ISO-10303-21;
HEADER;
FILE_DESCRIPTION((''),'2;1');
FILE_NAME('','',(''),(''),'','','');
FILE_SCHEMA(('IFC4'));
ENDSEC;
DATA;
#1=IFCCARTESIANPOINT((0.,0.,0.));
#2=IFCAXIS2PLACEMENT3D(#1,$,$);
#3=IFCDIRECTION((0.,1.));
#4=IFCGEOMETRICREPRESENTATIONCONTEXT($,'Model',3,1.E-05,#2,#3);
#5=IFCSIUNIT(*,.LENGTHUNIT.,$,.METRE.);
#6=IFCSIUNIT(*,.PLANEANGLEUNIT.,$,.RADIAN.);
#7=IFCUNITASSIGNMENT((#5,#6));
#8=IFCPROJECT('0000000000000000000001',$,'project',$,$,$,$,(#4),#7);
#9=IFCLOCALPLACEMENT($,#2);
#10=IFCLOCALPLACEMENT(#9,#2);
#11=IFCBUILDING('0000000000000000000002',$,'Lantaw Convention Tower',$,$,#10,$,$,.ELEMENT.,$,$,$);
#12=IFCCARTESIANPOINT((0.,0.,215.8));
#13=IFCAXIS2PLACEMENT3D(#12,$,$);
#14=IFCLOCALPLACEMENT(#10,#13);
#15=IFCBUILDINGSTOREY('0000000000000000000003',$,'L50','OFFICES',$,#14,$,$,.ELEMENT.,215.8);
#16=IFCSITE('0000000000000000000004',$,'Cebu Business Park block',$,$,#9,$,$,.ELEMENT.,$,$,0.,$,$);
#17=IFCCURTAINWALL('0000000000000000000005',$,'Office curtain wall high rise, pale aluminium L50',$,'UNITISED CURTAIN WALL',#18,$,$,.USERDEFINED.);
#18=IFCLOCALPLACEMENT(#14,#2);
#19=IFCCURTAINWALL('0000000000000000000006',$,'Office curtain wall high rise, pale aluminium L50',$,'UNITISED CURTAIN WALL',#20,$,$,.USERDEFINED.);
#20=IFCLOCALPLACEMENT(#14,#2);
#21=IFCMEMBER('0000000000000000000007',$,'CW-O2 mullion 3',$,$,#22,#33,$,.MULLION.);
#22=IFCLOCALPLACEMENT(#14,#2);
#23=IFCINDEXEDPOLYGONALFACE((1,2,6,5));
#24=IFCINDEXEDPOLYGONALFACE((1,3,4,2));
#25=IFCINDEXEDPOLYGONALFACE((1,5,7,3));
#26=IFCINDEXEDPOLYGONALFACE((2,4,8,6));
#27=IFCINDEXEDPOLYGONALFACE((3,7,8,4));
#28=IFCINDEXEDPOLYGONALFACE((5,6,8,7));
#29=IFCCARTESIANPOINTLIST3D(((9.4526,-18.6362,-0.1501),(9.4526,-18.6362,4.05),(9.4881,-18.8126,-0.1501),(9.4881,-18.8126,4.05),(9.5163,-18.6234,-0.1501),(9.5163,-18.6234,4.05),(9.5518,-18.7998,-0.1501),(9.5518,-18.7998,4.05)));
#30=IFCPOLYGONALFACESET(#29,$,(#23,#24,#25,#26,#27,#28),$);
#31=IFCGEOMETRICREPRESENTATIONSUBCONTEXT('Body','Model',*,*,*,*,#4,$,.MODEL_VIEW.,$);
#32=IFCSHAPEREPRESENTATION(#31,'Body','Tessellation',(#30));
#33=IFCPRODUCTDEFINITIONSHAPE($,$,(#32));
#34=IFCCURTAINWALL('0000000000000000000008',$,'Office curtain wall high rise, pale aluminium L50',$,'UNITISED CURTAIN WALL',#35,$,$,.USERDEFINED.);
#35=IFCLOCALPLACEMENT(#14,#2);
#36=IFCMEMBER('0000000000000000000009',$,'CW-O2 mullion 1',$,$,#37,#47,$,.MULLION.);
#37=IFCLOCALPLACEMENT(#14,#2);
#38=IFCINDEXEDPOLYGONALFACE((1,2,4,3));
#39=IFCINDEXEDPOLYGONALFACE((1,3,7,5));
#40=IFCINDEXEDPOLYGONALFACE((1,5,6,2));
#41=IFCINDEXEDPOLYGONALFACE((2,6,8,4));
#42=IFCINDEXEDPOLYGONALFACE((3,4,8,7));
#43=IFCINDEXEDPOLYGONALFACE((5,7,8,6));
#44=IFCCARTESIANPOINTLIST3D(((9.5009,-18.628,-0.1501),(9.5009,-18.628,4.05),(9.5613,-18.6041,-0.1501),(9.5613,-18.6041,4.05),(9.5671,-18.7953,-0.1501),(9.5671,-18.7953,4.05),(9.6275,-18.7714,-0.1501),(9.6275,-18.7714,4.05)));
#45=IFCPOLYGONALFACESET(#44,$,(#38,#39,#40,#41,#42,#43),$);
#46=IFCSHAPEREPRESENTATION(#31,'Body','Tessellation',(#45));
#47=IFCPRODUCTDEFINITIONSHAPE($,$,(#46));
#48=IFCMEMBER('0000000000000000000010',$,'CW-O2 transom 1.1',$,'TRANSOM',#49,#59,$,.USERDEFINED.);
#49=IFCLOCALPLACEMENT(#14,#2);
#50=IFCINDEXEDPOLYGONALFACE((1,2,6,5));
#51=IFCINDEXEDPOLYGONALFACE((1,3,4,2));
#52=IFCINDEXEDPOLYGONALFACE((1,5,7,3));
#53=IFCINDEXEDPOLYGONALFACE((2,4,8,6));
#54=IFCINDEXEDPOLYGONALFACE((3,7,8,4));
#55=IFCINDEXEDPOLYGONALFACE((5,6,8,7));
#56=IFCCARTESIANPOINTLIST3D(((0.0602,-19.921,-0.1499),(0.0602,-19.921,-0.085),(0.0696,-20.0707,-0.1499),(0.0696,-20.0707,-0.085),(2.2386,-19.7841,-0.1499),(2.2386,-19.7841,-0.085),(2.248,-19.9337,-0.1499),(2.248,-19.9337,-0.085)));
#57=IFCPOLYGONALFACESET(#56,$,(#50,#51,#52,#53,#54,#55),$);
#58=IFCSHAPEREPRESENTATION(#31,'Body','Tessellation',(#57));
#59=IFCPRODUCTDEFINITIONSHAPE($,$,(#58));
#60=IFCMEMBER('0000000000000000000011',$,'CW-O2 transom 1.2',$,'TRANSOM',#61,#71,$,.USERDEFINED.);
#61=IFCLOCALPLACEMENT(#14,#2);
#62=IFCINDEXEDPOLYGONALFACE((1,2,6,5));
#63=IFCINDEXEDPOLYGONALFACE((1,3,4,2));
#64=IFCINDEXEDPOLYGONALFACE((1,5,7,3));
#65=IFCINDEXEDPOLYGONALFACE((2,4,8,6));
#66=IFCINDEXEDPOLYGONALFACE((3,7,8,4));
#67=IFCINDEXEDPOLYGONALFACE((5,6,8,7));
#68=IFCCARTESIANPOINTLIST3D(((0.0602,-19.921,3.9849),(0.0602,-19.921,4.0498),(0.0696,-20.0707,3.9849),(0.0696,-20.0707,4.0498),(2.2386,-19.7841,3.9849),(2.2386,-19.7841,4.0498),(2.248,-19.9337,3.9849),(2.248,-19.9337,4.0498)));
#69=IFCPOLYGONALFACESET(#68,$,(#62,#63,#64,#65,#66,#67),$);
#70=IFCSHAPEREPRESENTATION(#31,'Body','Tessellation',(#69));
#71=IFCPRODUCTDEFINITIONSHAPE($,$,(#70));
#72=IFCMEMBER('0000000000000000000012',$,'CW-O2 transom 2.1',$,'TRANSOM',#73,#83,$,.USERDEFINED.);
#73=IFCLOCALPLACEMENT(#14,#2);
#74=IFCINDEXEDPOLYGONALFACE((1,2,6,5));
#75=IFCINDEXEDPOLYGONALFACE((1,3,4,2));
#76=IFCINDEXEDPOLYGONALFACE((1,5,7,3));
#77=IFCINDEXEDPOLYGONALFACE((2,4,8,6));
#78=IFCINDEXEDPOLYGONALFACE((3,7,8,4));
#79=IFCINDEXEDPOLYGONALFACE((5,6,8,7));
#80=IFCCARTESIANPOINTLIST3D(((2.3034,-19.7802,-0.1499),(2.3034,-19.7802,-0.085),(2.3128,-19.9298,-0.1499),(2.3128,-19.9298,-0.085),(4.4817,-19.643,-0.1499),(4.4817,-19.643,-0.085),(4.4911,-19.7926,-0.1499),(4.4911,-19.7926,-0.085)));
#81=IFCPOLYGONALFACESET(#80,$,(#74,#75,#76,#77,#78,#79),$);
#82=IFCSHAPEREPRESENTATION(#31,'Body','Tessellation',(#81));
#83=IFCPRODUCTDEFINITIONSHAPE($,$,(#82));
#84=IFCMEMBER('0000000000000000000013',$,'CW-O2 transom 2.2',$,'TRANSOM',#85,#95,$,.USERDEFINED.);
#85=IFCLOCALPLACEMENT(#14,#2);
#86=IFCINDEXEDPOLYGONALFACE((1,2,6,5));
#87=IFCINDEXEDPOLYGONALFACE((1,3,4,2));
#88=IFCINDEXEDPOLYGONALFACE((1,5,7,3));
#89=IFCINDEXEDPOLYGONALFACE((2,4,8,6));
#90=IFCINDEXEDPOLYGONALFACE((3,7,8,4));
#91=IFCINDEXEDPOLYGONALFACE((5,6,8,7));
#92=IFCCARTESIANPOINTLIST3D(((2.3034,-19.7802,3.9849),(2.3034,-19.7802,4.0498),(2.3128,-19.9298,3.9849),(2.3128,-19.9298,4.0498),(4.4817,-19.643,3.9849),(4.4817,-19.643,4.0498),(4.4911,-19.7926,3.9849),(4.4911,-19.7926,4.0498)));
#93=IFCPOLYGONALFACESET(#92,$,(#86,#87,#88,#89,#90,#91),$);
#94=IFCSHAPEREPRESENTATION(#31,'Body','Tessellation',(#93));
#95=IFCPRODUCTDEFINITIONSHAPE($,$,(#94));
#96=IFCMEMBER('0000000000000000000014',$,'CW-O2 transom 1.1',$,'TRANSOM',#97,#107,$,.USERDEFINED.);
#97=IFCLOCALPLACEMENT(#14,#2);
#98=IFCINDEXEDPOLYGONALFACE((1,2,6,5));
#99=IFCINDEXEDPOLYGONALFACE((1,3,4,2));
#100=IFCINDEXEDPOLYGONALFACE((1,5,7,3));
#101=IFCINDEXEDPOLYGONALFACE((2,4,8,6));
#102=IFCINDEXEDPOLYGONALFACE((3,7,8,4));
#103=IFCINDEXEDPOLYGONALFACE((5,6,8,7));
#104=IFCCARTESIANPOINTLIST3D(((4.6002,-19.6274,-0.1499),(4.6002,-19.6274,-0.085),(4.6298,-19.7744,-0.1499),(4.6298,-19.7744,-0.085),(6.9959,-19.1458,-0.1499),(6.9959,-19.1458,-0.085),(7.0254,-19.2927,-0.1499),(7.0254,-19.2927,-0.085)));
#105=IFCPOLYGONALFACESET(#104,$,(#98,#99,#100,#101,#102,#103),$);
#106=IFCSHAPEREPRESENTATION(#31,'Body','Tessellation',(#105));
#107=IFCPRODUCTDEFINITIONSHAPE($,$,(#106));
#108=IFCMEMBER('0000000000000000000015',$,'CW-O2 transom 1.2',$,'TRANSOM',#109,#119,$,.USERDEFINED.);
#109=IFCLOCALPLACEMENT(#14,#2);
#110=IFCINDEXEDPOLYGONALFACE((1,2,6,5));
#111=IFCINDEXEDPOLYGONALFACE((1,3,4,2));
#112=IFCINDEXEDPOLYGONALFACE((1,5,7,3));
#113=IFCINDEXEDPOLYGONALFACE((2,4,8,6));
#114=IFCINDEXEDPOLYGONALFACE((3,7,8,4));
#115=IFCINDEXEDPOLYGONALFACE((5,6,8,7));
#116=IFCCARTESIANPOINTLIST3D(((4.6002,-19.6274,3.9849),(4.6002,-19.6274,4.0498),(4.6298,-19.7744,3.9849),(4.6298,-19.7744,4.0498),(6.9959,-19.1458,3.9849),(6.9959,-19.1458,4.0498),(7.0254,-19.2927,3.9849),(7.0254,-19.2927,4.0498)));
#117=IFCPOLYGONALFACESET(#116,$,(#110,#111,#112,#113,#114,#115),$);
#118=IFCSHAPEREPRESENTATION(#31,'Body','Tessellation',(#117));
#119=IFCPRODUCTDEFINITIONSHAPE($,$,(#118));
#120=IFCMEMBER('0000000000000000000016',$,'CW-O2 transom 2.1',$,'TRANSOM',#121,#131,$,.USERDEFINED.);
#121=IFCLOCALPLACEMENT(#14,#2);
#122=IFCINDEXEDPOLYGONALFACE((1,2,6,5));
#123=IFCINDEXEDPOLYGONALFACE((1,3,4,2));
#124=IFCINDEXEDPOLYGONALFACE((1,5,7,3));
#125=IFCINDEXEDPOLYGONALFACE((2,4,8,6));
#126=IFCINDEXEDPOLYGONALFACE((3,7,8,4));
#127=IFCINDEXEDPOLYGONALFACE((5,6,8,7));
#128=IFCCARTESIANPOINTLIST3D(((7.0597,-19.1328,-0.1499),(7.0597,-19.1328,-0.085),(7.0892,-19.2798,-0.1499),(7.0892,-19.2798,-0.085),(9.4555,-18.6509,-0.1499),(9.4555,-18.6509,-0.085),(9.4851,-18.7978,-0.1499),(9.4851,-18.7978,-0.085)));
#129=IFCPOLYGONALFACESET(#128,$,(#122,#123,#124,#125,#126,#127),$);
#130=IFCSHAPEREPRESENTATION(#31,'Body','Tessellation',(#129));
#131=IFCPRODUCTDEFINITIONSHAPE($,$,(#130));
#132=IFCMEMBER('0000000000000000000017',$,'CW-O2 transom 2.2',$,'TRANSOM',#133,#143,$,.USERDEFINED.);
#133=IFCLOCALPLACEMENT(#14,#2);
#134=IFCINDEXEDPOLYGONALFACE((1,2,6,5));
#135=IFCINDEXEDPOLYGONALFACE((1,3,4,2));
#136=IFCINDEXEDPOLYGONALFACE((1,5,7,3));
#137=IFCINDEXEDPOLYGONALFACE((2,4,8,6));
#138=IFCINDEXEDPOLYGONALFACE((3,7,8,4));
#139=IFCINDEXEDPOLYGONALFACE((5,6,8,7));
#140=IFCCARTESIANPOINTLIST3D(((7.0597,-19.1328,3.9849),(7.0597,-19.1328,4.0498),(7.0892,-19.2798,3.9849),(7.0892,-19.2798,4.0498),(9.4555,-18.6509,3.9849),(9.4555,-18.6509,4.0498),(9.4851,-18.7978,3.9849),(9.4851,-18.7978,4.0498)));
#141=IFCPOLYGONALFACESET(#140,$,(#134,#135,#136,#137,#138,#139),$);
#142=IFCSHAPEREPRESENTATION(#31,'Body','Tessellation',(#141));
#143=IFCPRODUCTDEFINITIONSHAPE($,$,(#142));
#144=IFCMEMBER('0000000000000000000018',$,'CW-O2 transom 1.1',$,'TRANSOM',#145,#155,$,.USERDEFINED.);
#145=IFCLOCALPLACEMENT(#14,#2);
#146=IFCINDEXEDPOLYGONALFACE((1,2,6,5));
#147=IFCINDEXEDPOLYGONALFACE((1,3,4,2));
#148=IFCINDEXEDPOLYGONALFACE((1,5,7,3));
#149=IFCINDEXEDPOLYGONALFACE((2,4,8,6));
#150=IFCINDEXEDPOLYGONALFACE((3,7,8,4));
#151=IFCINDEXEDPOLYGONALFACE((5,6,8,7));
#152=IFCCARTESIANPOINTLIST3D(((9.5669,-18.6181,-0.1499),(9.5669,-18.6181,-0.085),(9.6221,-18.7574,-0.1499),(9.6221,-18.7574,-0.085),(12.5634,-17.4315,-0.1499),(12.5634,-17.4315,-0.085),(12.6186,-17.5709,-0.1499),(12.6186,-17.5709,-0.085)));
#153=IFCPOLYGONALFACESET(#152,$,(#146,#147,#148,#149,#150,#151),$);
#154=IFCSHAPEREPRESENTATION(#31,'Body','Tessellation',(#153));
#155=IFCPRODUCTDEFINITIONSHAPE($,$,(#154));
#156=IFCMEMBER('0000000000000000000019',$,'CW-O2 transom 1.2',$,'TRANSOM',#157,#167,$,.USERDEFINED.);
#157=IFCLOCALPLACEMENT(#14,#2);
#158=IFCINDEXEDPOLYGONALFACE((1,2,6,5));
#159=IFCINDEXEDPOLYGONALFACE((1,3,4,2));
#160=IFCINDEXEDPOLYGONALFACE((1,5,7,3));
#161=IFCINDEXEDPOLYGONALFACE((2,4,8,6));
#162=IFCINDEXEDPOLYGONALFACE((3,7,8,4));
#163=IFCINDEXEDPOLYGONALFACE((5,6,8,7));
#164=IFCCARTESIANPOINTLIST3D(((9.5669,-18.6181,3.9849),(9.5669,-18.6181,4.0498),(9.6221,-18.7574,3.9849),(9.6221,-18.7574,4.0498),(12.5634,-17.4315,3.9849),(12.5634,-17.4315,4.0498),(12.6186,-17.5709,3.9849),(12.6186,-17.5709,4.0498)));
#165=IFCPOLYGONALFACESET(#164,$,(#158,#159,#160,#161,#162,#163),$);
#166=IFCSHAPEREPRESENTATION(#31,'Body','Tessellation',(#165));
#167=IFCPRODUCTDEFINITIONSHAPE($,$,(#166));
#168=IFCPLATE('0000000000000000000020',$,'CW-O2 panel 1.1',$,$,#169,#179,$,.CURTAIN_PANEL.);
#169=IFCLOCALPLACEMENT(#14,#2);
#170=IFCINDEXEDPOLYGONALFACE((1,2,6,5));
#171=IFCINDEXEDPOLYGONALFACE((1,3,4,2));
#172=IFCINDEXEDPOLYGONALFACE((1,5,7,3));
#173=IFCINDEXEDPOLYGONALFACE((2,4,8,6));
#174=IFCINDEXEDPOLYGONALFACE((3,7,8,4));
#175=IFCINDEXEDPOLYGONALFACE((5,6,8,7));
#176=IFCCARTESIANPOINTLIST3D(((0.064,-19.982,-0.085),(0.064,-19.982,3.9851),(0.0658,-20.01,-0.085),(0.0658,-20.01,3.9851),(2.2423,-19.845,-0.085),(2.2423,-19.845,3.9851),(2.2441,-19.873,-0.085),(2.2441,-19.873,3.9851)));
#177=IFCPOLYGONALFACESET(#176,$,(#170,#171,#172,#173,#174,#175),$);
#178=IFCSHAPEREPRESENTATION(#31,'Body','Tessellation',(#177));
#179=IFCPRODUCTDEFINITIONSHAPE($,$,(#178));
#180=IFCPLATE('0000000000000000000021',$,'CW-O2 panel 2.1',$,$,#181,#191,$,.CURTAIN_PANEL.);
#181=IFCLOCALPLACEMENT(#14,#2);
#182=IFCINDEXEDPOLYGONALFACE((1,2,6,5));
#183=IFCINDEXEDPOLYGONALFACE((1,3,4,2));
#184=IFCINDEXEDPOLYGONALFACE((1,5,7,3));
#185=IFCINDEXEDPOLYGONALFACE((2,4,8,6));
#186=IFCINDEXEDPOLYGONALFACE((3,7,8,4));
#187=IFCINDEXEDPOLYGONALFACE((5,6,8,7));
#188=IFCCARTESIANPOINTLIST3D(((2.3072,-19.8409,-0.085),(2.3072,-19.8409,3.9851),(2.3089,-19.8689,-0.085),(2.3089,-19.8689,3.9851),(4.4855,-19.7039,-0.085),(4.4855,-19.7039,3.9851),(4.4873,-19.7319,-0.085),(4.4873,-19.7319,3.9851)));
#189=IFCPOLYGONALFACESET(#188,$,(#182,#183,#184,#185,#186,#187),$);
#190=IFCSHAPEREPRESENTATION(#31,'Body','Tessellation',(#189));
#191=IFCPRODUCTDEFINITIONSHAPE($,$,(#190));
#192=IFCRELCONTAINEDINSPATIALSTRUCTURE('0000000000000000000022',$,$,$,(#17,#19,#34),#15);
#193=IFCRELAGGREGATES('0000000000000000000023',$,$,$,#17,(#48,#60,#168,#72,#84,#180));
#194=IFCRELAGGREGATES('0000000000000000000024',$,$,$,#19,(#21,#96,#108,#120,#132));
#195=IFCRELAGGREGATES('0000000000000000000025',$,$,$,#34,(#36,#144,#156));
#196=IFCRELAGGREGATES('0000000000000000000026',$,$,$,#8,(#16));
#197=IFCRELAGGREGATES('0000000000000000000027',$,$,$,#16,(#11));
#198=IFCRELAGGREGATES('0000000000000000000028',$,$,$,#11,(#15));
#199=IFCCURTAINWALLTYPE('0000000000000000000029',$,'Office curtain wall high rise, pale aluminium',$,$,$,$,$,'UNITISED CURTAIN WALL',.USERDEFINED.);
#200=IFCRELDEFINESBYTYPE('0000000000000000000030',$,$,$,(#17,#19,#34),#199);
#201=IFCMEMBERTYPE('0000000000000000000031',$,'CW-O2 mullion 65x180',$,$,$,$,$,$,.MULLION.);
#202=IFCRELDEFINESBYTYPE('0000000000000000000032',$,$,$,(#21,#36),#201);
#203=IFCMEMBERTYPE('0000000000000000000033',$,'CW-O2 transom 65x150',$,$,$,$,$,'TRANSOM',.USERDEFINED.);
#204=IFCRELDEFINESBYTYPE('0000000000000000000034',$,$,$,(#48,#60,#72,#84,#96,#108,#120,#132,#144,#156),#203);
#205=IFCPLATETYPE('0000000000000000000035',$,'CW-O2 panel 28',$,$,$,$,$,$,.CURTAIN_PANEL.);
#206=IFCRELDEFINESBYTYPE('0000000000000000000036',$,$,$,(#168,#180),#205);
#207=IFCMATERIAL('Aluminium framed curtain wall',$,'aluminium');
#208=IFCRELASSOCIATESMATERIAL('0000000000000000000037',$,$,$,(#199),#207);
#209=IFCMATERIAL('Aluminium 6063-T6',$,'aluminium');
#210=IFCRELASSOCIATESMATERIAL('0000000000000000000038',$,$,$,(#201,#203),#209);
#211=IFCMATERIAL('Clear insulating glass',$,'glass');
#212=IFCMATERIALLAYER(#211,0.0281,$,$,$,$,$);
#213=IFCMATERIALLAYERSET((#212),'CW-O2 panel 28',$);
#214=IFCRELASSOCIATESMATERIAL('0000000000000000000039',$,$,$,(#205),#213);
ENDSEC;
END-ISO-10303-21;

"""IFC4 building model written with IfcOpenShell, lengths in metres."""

from ifc_helpers import new_model, si_unit, direction, frame, origin, origin_2d, place, context, subcontext, project, spatial, rectangle, extrude, material, layer, layer_set, material_profile, profile_set, type_object, element, aggregate, save


model = new_model("IFC4")

# Units and contexts
model_context = context("Model", 3, precision=1e-05, world=origin(), true_north=direction((0.0, 1.0)))
body_context = subcontext(model_context, "Body", "Model", "MODEL_VIEW")
ifc_project = project(units=[si_unit("LENGTHUNIT", "METRE"), si_unit("PLANEANGLEUNIT", "RADIAN")], contexts=[model_context])

# Site, building, storey
site_placement = place(None, origin())
site = spatial("IfcSite", under=ifc_project, at=site_placement, Name="Cebu Business Park block", CompositionType="ELEMENT", RefElevation=0.0)
building_placement = place(site_placement, origin())
building = spatial("IfcBuilding", under=site, at=building_placement, Name="Lantaw Convention Tower", CompositionType="ELEMENT")
storey_placement = place(building_placement, frame((0.0, 0.0, 215.8)))
storey = spatial("IfcBuildingStorey", under=building, at=storey_placement, Name="L50", Description="OFFICES", CompositionType="ELEMENT", Elevation=215.8)

# Curtain walls, member
ifc_material_1 = material(Name="Aluminium framed curtain wall", Category="aluminium")
curtain_wall_type = type_object("IfcCurtainWallType", Name="Office curtain wall high rise, pale aluminium", ElementType="UNITISED CURTAIN WALL", PredefinedType="USERDEFINED", material=ifc_material_1)
curtain_wall_1_placement = place(storey_placement, origin())
curtain_wall_1 = element("IfcCurtainWall", 1, at=curtain_wall_1_placement, inside=storey, type_object=curtain_wall_type, Name="Office curtain wall high rise, pale aluminium L50", ObjectType="UNITISED CURTAIN WALL", PredefinedType="USERDEFINED")
ifc_material_2 = material(Name="Aluminium 6063-T6", Category="aluminium")
ifc_material_profile_1 = material_profile(ifc_material_2, rectangle(XDim=0.1799, YDim=0.0649, at=origin_2d()), Name="CW-O2 mullion 65x180")
ifc_profile_set_1 = profile_set([ifc_material_profile_1], Name="Aluminium 6063-T6")
member_type_1 = type_object("IfcMemberType", Name="CW-O2 mullion 65x180", PredefinedType="MULLION", material=ifc_profile_set_1)
curtain_wall_2_placement = place(storey_placement, origin())
curtain_wall_2 = element("IfcCurtainWall", 2, at=curtain_wall_2_placement, inside=storey, type_object=curtain_wall_type, Name="Office curtain wall high rise, pale aluminium L50", ObjectType="UNITISED CURTAIN WALL", PredefinedType="USERDEFINED")
member_1_placement = place(storey_placement, frame((9.5022, -18.718, -0.1501), z_axis=(0.0, 0.0, 1.0), x_axis=(-0.197183, 0.980367, 0.0)))
member_1 = element("IfcMember", 3, at=member_1_placement, type_object=member_type_1, Name="CW-O2 mullion 3", PredefinedType="MULLION", context=body_context, shape_type="SweptSolid", body=[
    extrude(rectangle(XDim=0.1799, YDim=0.0649, at=origin_2d()), origin(), (0.0, 0.0, 1.0), 4.2002),
])

# Curtain wall, member
curtain_wall_3_placement = place(storey_placement, origin())
curtain_wall_3 = element("IfcCurtainWall", 4, at=curtain_wall_3_placement, inside=storey, type_object=curtain_wall_type, Name="Office curtain wall high rise, pale aluminium L50", ObjectType="UNITISED CURTAIN WALL", PredefinedType="USERDEFINED")
member_2_placement = place(storey_placement, frame((9.5642, -18.6997, -0.1501), z_axis=(0.0, 0.0, 1.0), x_axis=(-0.368162, 0.929762, 0.0)))
member_2 = element("IfcMember", 5, at=member_2_placement, type_object=member_type_1, Name="CW-O2 mullion 1", PredefinedType="MULLION", context=body_context, shape_type="SweptSolid", body=[
    extrude(rectangle(XDim=0.1799, YDim=0.0649, at=origin_2d()), origin(), (0.0, 0.0, 1.0), 4.2002),
])

# Members
ifc_material_profile_2 = material_profile(ifc_material_2, rectangle(XDim=0.1499, YDim=0.0649, at=origin_2d()), Name="CW-O2 transom 65x150")
ifc_profile_set_2 = profile_set([ifc_material_profile_2], Name="Aluminium 6063-T6")
member_type_2 = type_object("IfcMemberType", Name="CW-O2 transom 65x150", ElementType="TRANSOM", PredefinedType="USERDEFINED", material=ifc_profile_set_2)
member_3_placement = place(storey_placement, frame((0.0649, -19.9958, -0.1174), z_axis=(0.998029, 0.062754, 0.0), x_axis=(-0.062754, 0.998029, 0.0)))
member_3 = element("IfcMember", 6, at=member_3_placement, type_object=member_type_2, Name="CW-O2 transom 1.1", ObjectType="TRANSOM", PredefinedType="USERDEFINED", context=body_context, shape_type="SweptSolid", body=[
    extrude(rectangle(XDim=0.1499, YDim=0.0649, at=origin_2d()), origin(), (0.0, 0.0, 1.0), 2.1826),
])
member_4_placement = place(storey_placement, frame((0.0649, -19.9958, 4.0173), z_axis=(0.998029, 0.062754, 0.0), x_axis=(-0.062754, 0.998029, 0.0)))
member_4 = element("IfcMember", 7, at=member_4_placement, type_object=member_type_2, Name="CW-O2 transom 1.2", ObjectType="TRANSOM", PredefinedType="USERDEFINED", context=body_context, shape_type="SweptSolid", body=[
    extrude(rectangle(XDim=0.1499, YDim=0.0649, at=origin_2d()), origin(), (0.0, 0.0, 1.0), 2.1826),
])
member_5_placement = place(storey_placement, frame((2.3081, -19.855, -0.1174), z_axis=(0.998022, 0.062866, 0.0), x_axis=(-0.062866, 0.998022, 0.0)))
member_5 = element("IfcMember", 8, at=member_5_placement, type_object=member_type_2, Name="CW-O2 transom 2.1", ObjectType="TRANSOM", PredefinedType="USERDEFINED", context=body_context, shape_type="SweptSolid", body=[
    extrude(rectangle(XDim=0.1499, YDim=0.0649, at=origin_2d()), origin(), (0.0, 0.0, 1.0), 2.1826),
])
member_6_placement = place(storey_placement, frame((2.3081, -19.855, 4.0173), z_axis=(0.998022, 0.062866, 0.0), x_axis=(-0.062866, 0.998022, 0.0)))
member_6 = element("IfcMember", 9, at=member_6_placement, type_object=member_type_2, Name="CW-O2 transom 2.2", ObjectType="TRANSOM", PredefinedType="USERDEFINED", context=body_context, shape_type="SweptSolid", body=[
    extrude(rectangle(XDim=0.1499, YDim=0.0649, at=origin_2d()), origin(), (0.0, 0.0, 1.0), 2.1826),
])
member_7_placement = place(storey_placement, frame((4.615, -19.7009, -0.1174), z_axis=(0.98038, 0.197115, 0.0), x_axis=(-0.197115, 0.98038, 0.0)))
member_7 = element("IfcMember", 10, at=member_7_placement, type_object=member_type_2, Name="CW-O2 transom 1.1", ObjectType="TRANSOM", PredefinedType="USERDEFINED", context=body_context, shape_type="SweptSolid", body=[
    extrude(rectangle(XDim=0.1499, YDim=0.0649, at=origin_2d()), origin(), (0.0, 0.0, 1.0), 2.4436),
])
member_8_placement = place(storey_placement, frame((4.615, -19.7009, 4.0173), z_axis=(0.98038, 0.197115, 0.0), x_axis=(-0.197115, 0.98038, 0.0)))
member_8 = element("IfcMember", 11, at=member_8_placement, type_object=member_type_2, Name="CW-O2 transom 1.2", ObjectType="TRANSOM", PredefinedType="USERDEFINED", context=body_context, shape_type="SweptSolid", body=[
    extrude(rectangle(XDim=0.1499, YDim=0.0649, at=origin_2d()), origin(), (0.0, 0.0, 1.0), 2.4436),
])
member_9_placement = place(storey_placement, frame((7.0745, -19.2063, -0.1174), z_axis=(0.980361, 0.197211, 0.0), x_axis=(-0.197211, 0.980361, 0.0)))
member_9 = element("IfcMember", 12, at=member_9_placement, type_object=member_type_2, Name="CW-O2 transom 2.1", ObjectType="TRANSOM", PredefinedType="USERDEFINED", context=body_context, shape_type="SweptSolid", body=[
    extrude(rectangle(XDim=0.1499, YDim=0.0649, at=origin_2d()), origin(), (0.0, 0.0, 1.0), 2.4438),
])
member_10_placement = place(storey_placement, frame((7.0745, -19.2063, 4.0173), z_axis=(0.980361, 0.197211, 0.0), x_axis=(-0.197211, 0.980361, 0.0)))
member_10 = element("IfcMember", 13, at=member_10_placement, type_object=member_type_2, Name="CW-O2 transom 2.2", ObjectType="TRANSOM", PredefinedType="USERDEFINED", context=body_context, shape_type="SweptSolid", body=[
    extrude(rectangle(XDim=0.1499, YDim=0.0649, at=origin_2d()), origin(), (0.0, 0.0, 1.0), 2.4438),
])
member_11_placement = place(storey_placement, frame((9.5945, -18.6877, -0.1174), z_axis=(0.929767, 0.368149, 0.0), x_axis=(-0.368149, 0.929767, 0.0)))
member_11 = element("IfcMember", 14, at=member_11_placement, type_object=member_type_2, Name="CW-O2 transom 1.1", ObjectType="TRANSOM", PredefinedType="USERDEFINED", context=body_context, shape_type="SweptSolid", body=[
    extrude(rectangle(XDim=0.1499, YDim=0.0649, at=origin_2d()), origin(), (0.0, 0.0, 1.0), 3.2229),
])
member_12_placement = place(storey_placement, frame((9.5945, -18.6877, 4.0173), z_axis=(0.929767, 0.368149, 0.0), x_axis=(-0.368149, 0.929767, 0.0)))
member_12 = element("IfcMember", 15, at=member_12_placement, type_object=member_type_2, Name="CW-O2 transom 1.2", ObjectType="TRANSOM", PredefinedType="USERDEFINED", context=body_context, shape_type="SweptSolid", body=[
    extrude(rectangle(XDim=0.1499, YDim=0.0649, at=origin_2d()), origin(), (0.0, 0.0, 1.0), 3.2229),
])

# Plates
ifc_material_3 = material(Name="Clear insulating glass", Category="glass")
ifc_layer_1 = layer(ifc_material_3, 0.0281)
ifc_layer_set_1 = layer_set([ifc_layer_1], Name="CW-O2 panel 28")
plate_type_1 = type_object("IfcPlateType", Name="CW-O2 panel 28", PredefinedType="CURTAIN_PANEL", material=ifc_layer_set_1)
plate_1_placement = place(storey_placement, frame((1.1541, -19.9275, -0.085), z_axis=(0.0, 0.0, 1.0), x_axis=(0.998029, 0.062758, 0.0)))
plate_1 = element("IfcPlate", 16, at=plate_1_placement, type_object=plate_type_1, Name="CW-O2 panel 1.1", PredefinedType="CURTAIN_PANEL", context=body_context, shape_type="SweptSolid", body=[
    extrude(rectangle(XDim=2.1826, YDim=0.0281, at=origin_2d()), origin(), (0.0, 0.0, 1.0), 4.0701),
])
plate_2_placement = place(storey_placement, frame((3.3972, -19.7864, -0.085), z_axis=(0.0, 0.0, 1.0), x_axis=(0.998029, 0.062758, 0.0)))
plate_2 = element("IfcPlate", 17, at=plate_2_placement, type_object=plate_type_1, Name="CW-O2 panel 2.1", PredefinedType="CURTAIN_PANEL", context=body_context, shape_type="SweptSolid", body=[
    extrude(rectangle(XDim=2.1826, YDim=0.0281, at=origin_2d()), origin(), (0.0, 0.0, 1.0), 4.0701),
])
aggregate(curtain_wall_1, [member_3, member_4, plate_1, member_5, member_6, plate_2])
aggregate(curtain_wall_2, [member_1, member_7, member_8, member_9, member_10])
aggregate(curtain_wall_3, [member_2, member_11, member_12])

save(model, "model.ifc")
